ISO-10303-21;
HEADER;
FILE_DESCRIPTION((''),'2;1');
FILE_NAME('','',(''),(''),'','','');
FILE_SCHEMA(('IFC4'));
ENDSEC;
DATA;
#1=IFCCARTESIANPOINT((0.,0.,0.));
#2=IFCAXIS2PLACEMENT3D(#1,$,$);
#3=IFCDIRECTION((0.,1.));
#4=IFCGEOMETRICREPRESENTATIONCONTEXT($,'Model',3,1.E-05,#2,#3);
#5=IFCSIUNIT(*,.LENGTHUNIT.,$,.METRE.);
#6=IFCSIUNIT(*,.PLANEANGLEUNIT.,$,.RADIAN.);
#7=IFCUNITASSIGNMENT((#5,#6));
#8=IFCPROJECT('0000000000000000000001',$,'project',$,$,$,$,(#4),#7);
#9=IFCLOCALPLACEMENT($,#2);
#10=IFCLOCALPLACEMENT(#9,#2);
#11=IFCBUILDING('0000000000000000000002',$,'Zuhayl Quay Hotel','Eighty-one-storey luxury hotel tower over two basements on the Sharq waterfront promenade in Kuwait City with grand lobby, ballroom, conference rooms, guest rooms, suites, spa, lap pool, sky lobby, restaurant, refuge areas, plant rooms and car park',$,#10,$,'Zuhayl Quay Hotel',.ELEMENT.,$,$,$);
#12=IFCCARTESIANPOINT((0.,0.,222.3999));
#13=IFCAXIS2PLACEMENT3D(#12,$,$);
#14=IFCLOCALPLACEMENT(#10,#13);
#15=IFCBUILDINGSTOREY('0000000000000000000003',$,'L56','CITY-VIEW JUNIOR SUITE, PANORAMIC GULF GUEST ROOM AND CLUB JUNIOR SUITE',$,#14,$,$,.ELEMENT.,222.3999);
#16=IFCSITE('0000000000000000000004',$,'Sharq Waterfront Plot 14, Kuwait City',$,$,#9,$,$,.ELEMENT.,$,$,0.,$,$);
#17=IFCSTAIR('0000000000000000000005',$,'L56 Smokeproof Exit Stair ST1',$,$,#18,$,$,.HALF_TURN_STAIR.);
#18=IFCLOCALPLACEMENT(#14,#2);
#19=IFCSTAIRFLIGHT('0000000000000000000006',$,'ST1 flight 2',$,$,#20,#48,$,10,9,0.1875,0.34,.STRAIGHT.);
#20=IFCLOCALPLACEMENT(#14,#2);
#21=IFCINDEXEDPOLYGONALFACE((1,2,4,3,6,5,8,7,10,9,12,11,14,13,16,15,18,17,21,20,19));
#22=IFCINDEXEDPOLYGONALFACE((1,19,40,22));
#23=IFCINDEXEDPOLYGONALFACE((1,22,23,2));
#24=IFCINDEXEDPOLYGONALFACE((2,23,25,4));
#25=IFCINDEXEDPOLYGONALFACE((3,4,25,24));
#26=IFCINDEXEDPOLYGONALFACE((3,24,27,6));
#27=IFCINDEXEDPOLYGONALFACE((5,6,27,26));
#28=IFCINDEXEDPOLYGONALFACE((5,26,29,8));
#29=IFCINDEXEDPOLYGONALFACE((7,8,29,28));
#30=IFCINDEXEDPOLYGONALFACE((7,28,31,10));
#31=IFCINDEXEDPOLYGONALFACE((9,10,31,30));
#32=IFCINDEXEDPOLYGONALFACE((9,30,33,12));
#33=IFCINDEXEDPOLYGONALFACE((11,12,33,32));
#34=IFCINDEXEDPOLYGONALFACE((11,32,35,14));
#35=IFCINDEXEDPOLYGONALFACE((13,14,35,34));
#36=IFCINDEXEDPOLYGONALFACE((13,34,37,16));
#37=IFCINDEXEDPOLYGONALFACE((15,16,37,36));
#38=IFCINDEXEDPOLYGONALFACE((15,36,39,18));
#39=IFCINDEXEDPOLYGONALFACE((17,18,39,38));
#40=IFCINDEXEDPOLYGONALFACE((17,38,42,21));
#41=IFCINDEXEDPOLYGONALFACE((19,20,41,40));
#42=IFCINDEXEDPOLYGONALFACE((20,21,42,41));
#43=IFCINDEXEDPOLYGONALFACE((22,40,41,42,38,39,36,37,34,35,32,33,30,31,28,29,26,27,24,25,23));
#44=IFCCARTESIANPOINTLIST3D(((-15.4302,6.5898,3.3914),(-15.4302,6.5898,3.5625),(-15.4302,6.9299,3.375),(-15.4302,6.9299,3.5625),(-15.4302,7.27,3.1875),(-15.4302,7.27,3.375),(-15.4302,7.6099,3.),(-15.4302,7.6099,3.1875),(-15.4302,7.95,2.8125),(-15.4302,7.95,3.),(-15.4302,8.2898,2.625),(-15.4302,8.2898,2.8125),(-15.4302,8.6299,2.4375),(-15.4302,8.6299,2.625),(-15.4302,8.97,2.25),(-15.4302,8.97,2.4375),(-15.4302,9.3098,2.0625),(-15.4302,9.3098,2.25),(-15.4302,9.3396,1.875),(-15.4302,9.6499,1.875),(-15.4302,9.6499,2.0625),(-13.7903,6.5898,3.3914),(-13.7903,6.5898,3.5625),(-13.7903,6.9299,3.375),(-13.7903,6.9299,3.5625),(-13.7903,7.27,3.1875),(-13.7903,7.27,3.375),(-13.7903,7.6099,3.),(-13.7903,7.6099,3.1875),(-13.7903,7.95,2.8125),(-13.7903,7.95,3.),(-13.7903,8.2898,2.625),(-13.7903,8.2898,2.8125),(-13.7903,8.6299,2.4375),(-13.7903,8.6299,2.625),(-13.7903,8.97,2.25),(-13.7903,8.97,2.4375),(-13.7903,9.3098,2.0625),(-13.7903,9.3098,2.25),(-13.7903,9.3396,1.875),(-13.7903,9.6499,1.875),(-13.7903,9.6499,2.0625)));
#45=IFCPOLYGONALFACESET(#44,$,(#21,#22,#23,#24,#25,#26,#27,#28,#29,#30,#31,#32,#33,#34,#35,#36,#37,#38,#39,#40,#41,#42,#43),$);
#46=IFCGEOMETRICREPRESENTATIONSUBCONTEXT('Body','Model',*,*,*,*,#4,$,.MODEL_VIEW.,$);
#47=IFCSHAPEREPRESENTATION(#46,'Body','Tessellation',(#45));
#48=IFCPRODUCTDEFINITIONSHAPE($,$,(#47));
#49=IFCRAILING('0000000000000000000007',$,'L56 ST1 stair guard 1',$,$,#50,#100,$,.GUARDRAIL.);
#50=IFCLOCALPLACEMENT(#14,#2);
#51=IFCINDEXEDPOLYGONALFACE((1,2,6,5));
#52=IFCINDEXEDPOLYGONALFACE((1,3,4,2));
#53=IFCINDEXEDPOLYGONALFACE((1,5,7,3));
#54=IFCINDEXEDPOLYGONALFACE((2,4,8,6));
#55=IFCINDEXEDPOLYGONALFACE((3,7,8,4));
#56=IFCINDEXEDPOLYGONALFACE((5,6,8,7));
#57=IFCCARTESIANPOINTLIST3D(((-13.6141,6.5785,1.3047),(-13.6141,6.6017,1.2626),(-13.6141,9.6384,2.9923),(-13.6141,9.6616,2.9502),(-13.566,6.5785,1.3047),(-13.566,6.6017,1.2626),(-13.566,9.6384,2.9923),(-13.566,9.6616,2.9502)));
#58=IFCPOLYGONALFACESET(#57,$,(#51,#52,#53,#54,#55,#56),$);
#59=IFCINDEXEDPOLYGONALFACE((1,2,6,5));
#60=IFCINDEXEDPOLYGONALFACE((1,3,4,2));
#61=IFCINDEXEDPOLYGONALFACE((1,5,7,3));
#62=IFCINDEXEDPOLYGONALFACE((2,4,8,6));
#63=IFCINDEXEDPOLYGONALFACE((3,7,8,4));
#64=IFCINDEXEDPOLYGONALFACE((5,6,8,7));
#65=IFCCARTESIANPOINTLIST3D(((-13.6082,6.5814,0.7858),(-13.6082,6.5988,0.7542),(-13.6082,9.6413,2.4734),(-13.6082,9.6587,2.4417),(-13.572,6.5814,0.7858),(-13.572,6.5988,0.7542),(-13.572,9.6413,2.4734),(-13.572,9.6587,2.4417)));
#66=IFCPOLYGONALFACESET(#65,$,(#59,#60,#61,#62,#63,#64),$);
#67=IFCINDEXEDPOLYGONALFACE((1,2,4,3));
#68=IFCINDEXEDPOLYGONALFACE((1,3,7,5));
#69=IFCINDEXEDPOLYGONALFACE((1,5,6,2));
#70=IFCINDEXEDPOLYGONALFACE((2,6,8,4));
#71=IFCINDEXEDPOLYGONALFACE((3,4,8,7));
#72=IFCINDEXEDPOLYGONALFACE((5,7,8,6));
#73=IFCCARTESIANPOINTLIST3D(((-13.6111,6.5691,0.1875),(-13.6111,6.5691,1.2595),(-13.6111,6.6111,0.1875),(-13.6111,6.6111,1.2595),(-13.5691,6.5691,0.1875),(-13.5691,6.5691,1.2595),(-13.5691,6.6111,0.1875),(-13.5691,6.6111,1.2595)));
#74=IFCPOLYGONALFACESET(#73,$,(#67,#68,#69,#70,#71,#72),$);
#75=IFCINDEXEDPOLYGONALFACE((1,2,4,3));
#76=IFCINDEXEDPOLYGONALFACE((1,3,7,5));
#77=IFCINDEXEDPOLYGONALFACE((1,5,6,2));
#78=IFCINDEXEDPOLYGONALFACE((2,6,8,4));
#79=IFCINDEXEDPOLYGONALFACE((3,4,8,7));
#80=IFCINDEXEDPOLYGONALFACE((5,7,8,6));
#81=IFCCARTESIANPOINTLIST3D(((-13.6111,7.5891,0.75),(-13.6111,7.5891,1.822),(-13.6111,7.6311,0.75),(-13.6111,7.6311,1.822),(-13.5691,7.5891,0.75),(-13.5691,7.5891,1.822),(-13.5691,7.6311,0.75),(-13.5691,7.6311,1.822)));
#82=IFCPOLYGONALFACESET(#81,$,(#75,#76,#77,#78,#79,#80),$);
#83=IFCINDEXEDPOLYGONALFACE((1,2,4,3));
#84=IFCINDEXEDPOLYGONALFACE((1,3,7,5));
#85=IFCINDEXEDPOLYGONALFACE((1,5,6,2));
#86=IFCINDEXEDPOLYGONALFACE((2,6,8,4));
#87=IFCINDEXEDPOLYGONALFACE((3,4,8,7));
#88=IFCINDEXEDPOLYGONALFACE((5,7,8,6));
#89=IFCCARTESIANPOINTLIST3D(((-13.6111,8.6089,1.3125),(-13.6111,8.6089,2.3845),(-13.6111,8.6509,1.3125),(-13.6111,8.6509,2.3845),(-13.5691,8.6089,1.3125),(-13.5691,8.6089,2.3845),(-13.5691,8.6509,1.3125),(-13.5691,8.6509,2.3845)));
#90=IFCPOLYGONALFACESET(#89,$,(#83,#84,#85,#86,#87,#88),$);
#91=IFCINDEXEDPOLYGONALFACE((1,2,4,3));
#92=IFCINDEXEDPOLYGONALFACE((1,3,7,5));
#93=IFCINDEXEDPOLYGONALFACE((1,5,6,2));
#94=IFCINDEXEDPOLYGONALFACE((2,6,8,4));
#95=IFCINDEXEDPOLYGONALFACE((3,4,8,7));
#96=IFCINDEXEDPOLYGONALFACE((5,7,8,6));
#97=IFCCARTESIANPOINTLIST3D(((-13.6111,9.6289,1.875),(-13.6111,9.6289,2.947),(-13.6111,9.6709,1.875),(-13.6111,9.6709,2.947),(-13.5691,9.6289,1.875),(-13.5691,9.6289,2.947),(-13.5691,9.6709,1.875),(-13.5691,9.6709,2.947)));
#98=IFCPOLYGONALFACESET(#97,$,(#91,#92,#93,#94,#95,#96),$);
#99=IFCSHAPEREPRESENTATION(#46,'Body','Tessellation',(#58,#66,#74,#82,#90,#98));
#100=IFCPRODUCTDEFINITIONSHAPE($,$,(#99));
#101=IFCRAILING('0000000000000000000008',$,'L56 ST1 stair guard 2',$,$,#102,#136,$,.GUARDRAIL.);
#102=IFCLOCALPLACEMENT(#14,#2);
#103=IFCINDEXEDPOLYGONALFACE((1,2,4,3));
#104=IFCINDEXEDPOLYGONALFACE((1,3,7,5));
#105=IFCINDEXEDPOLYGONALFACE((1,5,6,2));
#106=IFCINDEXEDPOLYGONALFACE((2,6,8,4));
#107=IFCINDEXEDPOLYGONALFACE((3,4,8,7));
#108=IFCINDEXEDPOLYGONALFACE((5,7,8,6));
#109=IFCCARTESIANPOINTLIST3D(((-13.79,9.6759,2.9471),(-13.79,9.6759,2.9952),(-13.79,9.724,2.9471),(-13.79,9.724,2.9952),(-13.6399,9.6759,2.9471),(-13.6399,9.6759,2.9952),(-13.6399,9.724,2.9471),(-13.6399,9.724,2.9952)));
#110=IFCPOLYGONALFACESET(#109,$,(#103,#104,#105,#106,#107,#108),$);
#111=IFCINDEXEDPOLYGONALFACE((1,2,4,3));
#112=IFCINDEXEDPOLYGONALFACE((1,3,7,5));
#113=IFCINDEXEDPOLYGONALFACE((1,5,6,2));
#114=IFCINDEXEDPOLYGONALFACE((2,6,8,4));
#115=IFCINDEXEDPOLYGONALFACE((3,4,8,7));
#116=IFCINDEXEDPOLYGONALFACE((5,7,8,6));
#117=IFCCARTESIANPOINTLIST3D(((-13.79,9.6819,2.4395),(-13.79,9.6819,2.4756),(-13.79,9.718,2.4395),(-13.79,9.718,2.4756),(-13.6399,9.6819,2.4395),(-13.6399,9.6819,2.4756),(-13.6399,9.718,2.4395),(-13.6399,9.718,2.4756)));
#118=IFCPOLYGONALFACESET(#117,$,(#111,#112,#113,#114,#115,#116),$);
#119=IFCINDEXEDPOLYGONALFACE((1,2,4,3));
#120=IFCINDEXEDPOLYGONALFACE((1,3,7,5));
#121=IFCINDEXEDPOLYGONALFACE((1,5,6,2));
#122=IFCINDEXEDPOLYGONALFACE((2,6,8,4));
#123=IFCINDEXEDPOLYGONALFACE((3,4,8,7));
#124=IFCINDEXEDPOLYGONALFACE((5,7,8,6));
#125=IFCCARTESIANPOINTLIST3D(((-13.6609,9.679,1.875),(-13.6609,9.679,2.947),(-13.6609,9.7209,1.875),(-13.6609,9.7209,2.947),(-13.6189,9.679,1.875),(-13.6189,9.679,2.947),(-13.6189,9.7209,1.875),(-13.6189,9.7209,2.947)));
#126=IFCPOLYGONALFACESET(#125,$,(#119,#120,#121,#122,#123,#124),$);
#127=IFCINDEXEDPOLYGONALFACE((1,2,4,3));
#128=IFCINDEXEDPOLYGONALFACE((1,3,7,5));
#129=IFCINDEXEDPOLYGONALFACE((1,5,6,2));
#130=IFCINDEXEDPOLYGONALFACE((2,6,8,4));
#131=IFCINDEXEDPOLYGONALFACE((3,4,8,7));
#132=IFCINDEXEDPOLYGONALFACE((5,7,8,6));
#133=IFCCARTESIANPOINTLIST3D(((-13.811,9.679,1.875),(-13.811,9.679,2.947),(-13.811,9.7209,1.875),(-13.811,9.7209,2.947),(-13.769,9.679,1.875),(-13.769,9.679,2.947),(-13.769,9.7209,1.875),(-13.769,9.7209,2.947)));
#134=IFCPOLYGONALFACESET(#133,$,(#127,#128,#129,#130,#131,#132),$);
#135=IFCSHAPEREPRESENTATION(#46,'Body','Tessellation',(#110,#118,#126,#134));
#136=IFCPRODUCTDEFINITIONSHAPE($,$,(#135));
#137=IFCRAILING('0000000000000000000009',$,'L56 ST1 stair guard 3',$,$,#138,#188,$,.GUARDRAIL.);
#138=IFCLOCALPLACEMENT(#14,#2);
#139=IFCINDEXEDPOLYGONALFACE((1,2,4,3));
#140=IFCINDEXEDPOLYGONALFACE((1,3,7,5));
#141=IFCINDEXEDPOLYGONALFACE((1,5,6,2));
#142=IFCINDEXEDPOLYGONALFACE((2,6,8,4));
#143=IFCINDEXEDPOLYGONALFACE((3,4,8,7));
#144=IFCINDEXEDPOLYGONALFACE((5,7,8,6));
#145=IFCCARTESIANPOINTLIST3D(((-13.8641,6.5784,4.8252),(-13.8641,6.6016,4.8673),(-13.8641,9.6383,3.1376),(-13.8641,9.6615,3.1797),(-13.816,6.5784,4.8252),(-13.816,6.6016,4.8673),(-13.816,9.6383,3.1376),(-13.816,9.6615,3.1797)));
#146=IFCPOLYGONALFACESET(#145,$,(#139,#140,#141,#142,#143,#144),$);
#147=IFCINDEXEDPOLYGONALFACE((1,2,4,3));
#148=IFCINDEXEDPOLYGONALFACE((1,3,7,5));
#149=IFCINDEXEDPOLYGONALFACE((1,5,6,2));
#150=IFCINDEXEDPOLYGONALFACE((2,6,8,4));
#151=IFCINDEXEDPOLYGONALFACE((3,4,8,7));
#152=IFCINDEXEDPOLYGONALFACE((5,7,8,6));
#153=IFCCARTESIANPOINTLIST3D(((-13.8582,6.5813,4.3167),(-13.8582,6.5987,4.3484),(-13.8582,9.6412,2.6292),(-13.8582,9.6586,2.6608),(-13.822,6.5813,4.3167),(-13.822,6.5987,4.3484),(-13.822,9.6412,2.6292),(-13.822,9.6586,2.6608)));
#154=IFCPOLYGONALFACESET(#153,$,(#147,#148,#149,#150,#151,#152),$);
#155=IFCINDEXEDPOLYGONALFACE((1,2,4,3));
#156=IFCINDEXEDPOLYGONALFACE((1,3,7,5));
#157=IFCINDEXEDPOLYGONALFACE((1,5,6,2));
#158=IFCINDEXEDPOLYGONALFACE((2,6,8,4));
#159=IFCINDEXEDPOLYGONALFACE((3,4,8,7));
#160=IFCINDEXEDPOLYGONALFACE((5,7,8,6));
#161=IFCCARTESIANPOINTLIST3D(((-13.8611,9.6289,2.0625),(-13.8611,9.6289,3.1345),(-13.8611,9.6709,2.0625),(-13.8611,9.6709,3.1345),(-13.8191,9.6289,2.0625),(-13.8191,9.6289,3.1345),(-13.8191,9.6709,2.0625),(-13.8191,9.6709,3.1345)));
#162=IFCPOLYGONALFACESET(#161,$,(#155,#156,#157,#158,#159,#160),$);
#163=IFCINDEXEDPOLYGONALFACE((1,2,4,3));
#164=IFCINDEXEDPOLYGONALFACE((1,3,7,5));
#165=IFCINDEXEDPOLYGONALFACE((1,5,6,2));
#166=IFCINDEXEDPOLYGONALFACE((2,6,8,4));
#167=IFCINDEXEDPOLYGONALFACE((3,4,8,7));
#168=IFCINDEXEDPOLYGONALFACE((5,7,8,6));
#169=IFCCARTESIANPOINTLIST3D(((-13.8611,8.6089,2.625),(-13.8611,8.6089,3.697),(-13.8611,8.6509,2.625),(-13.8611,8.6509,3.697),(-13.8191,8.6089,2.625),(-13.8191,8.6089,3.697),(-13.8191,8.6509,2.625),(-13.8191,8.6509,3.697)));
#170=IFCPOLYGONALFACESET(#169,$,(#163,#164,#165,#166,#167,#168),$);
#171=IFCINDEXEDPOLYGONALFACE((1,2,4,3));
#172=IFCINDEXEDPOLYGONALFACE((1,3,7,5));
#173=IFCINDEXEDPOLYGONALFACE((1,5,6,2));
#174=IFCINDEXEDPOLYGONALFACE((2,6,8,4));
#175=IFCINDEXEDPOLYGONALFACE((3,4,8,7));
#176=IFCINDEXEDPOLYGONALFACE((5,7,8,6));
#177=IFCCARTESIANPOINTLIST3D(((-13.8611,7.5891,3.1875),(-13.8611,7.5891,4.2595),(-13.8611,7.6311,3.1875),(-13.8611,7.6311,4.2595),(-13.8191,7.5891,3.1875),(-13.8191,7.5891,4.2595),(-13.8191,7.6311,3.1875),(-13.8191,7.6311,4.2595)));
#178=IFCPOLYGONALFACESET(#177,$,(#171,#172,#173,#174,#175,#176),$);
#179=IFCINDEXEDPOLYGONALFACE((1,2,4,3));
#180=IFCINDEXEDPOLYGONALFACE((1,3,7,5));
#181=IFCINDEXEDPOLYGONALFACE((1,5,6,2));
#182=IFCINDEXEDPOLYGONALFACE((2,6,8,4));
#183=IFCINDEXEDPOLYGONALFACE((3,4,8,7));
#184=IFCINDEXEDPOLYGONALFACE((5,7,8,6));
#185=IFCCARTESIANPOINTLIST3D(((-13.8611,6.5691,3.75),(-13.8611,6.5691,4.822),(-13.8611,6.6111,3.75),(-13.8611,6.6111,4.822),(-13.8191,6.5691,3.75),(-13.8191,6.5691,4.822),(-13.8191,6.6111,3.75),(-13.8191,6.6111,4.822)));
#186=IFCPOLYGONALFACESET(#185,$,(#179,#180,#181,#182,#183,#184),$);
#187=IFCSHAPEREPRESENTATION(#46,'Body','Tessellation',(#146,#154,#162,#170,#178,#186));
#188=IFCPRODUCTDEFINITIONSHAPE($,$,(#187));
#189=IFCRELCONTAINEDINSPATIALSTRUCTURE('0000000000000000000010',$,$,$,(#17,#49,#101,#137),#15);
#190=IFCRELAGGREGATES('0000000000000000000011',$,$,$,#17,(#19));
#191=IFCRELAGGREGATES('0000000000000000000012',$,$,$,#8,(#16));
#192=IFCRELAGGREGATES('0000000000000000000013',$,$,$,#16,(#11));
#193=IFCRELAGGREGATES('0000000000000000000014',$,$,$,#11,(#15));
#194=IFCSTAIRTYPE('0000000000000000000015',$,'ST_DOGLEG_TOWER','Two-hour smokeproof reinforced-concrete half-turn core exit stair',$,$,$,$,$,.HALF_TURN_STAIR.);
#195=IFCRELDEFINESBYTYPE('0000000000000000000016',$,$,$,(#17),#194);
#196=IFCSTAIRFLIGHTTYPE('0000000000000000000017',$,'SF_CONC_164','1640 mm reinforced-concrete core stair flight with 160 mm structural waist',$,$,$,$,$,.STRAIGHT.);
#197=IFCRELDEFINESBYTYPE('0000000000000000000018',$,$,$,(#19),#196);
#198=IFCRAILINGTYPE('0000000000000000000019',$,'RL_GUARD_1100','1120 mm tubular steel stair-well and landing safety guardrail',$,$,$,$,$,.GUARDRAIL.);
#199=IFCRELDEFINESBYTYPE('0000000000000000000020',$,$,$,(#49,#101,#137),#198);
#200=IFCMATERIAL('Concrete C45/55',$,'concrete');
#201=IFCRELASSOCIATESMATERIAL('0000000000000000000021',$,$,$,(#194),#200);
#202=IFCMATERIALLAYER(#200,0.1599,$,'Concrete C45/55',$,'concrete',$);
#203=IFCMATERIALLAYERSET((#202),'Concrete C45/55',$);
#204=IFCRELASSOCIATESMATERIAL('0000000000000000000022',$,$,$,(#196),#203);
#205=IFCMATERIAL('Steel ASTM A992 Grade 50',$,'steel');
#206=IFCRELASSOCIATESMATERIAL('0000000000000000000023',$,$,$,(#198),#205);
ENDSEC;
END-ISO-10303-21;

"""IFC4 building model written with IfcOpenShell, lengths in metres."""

from ifc_helpers import new_model, si_unit, direction, frame, origin, origin_2d, place, context, subcontext, project, spatial, polyline, rectangle, outline, extrude, material, layer, layer_set, type_object, element, aggregate, save


model = new_model("IFC4")

# Units and contexts
model_context = context("Model", 3, precision=1e-05, world=origin(), true_north=direction((0.0, 1.0)))
body_context = subcontext(model_context, "Body", "Model", "MODEL_VIEW")
ifc_project = project(units=[si_unit("LENGTHUNIT", "METRE"), si_unit("PLANEANGLEUNIT", "RADIAN")], contexts=[model_context])

# Site, building, storey
site_placement = place(None, origin())
site = spatial("IfcSite", under=ifc_project, at=site_placement, Name="Sharq Waterfront Plot 14, Kuwait City", CompositionType="ELEMENT", RefElevation=0.0)
building_placement = place(site_placement, origin())
building = spatial("IfcBuilding", under=site, at=building_placement, Name="Zuhayl Quay Hotel", Description="Eighty-one-storey luxury hotel tower over two basements on the Sharq waterfront promenade in Kuwait City with grand lobby, ballroom, conference rooms, guest rooms, suites, spa, lap pool, sky lobby, restaurant, refuge areas, plant rooms and car park", LongName="Zuhayl Quay Hotel", CompositionType="ELEMENT")
storey_placement = place(building_placement, frame((0.0, 0.0, 222.3999)))
storey = spatial("IfcBuildingStorey", under=building, at=storey_placement, Name="L56", Description="CITY-VIEW JUNIOR SUITE, PANORAMIC GULF GUEST ROOM AND CLUB JUNIOR SUITE", CompositionType="ELEMENT", Elevation=222.3999)

# Shared definitions
ifc_material_1 = material(Name="Steel ASTM A992 Grade 50", Category="steel")

# Stair, stair flight
ifc_material_2 = material(Name="Concrete C45/55", Category="concrete")
stair_type = type_object("IfcStairType", Name="ST_DOGLEG_TOWER", Description="Two-hour smokeproof reinforced-concrete half-turn core exit stair", PredefinedType="HALF_TURN_STAIR", material=ifc_material_2)
stair_placement = place(storey_placement, origin())
stair = element("IfcStair", 1, at=stair_placement, inside=storey, type_object=stair_type, Name="L56 Smokeproof Exit Stair ST1", PredefinedType="HALF_TURN_STAIR")
ifc_layer_1 = layer(ifc_material_2, 0.1599, Name="Concrete C45/55", Category="concrete")
ifc_layer_set_1 = layer_set([ifc_layer_1], Name="Concrete C45/55")
stair_flight_type = type_object("IfcStairFlightType", Name="SF_CONC_164", Description="1640 mm reinforced-concrete core stair flight with 160 mm structural waist", PredefinedType="STRAIGHT", material=ifc_layer_set_1)
stair_flight_1_placement = place(storey_placement, frame((-14.6101, 9.6499, 1.875), z_axis=(0.0, 0.0, 1.0), x_axis=(0.0, -1.0, 0.0)))
stair_flight_1 = element("IfcStairFlight", 2, at=stair_flight_1_placement, type_object=stair_flight_type, Name="ST1 flight 2", NumberOfRisers=10, NumberOfTreads=9, PredefinedType="STRAIGHT", RiserHeight=0.1875, TreadLength=0.34, context=body_context, shape_type="SweptSolid", body=[
    extrude(outline(polyline([(0.0, 0.0), (0.0, 0.1875), (0.3401, 0.1875), (0.3401, 0.375), (0.6799, 0.375), (0.6799, 0.5625), (1.02, 0.5625), (1.02, 0.75), (1.3601, 0.75), (1.3601, 0.9375), (1.7, 0.9375), (1.7, 1.125), (2.04, 1.125), (2.04, 1.3125), (2.3799, 1.3125), (2.3799, 1.5), (2.72, 1.5), (2.72, 1.6875), (3.0601, 1.6875), (3.0601, 1.875), (3.0601, 1.5164), (0.3103, 0.0), (0.0, 0.0)])), frame((0.0, 0.8198, 0.0), z_axis=(0.0, -1.0, 0.0), x_axis=(1.0, 0.0, 0.0)), (0.0, 0.0, 1.0), 1.6399),
])
aggregate(stair, [stair_flight_1])

# Railings
railing_type_1 = type_object("IfcRailingType", Name="RL_GUARD_1100", Description="1120 mm tubular steel stair-well and landing safety guardrail", PredefinedType="GUARDRAIL", material=ifc_material_1)
railing_1_placement = place(storey_placement, frame((-13.5901, 6.5901, 0.1875)))
element("IfcRailing", 3, at=railing_1_placement, inside=storey, type_object=railing_type_1, Name="L56 ST1 stair guard 1", PredefinedType="GUARDRAIL", context=body_context, shape_type="SweptSolid", body=[
    extrude(rectangle(XDim=0.0481, YDim=0.0481, at=origin_2d()), frame((0.0, 0.0, 1.0962), z_axis=(0.0, 0.875659, 0.48293), x_axis=(-1.0, 0.0, 0.0)), (0.0, 0.0, 1.0), 3.4944),
    extrude(rectangle(XDim=0.0361, YDim=0.0361, at=origin_2d()), frame((0.0, 0.0, 0.5825), z_axis=(0.0, 0.875659, 0.48293), x_axis=(-1.0, 0.0, 0.0)), (0.0, 0.0, 1.0), 3.4944),
    extrude(rectangle(XDim=0.042, YDim=0.042, at=origin_2d()), origin(), (0.0, 0.0, 1.0), 1.072),
    extrude(rectangle(XDim=0.042, YDim=0.042, at=origin_2d()), frame((0.0, 1.02, 0.5625)), (0.0, 0.0, 1.0), 1.072),
    extrude(rectangle(XDim=0.042, YDim=0.042, at=origin_2d()), frame((0.0, 2.0398, 1.125)), (0.0, 0.0, 1.0), 1.072),
    extrude(rectangle(XDim=0.042, YDim=0.042, at=origin_2d()), frame((0.0, 3.0598, 1.6875)), (0.0, 0.0, 1.0), 1.072),
])
railing_2_placement = place(storey_placement, frame((-13.6399, 9.7, 1.875)))
element("IfcRailing", 4, at=railing_2_placement, inside=storey, type_object=railing_type_1, Name="L56 ST1 stair guard 2", PredefinedType="GUARDRAIL", context=body_context, shape_type="SweptSolid", body=[
    extrude(rectangle(XDim=0.0481, YDim=0.0481, at=origin_2d()), frame((0.0, 0.0, 1.0962), z_axis=(-1.0, 0.0, 0.0), x_axis=(0.0, -1.0, 0.0)), (0.0, 0.0, 1.0), 0.1501),
    extrude(rectangle(XDim=0.0361, YDim=0.0361, at=origin_2d()), frame((0.0, 0.0, 0.5825), z_axis=(-1.0, 0.0, 0.0), x_axis=(0.0, -1.0, 0.0)), (0.0, 0.0, 1.0), 0.1501),
    extrude(rectangle(XDim=0.042, YDim=0.042, at=origin_2d()), origin(), (0.0, 0.0, 1.0), 1.072),
    extrude(rectangle(XDim=0.042, YDim=0.042, at=origin_2d()), frame((-0.1501, 0.0, 0.0)), (0.0, 0.0, 1.0), 1.072),
])
railing_3_placement = place(storey_placement, frame((-13.8401, 9.6499, 2.0625)))
element("IfcRailing", 5, at=railing_3_placement, inside=storey, type_object=railing_type_1, Name="L56 ST1 stair guard 3", PredefinedType="GUARDRAIL", context=body_context, shape_type="SweptSolid", body=[
    extrude(rectangle(XDim=0.0481, YDim=0.0481, at=origin_2d()), frame((0.0, 0.0, 1.0962), z_axis=(0.0, -0.875659, 0.48293), x_axis=(1.0, 0.0, 0.0)), (0.0, 0.0, 1.0), 3.4944),
    extrude(rectangle(XDim=0.0361, YDim=0.0361, at=origin_2d()), frame((0.0, 0.0, 0.5825), z_axis=(0.0, -0.875659, 0.48293), x_axis=(1.0, 0.0, 0.0)), (0.0, 0.0, 1.0), 3.4944),
    extrude(rectangle(XDim=0.042, YDim=0.042, at=origin_2d()), origin(), (0.0, 0.0, 1.0), 1.072),
    extrude(rectangle(XDim=0.042, YDim=0.042, at=origin_2d()), frame((0.0, -1.02, 0.5625)), (0.0, 0.0, 1.0), 1.072),
    extrude(rectangle(XDim=0.042, YDim=0.042, at=origin_2d()), frame((0.0, -2.0398, 1.125)), (0.0, 0.0, 1.0), 1.072),
    extrude(rectangle(XDim=0.042, YDim=0.042, at=origin_2d()), frame((0.0, -3.0598, 1.6875)), (0.0, 0.0, 1.0), 1.072),
])

save(model, "model.ifc")
